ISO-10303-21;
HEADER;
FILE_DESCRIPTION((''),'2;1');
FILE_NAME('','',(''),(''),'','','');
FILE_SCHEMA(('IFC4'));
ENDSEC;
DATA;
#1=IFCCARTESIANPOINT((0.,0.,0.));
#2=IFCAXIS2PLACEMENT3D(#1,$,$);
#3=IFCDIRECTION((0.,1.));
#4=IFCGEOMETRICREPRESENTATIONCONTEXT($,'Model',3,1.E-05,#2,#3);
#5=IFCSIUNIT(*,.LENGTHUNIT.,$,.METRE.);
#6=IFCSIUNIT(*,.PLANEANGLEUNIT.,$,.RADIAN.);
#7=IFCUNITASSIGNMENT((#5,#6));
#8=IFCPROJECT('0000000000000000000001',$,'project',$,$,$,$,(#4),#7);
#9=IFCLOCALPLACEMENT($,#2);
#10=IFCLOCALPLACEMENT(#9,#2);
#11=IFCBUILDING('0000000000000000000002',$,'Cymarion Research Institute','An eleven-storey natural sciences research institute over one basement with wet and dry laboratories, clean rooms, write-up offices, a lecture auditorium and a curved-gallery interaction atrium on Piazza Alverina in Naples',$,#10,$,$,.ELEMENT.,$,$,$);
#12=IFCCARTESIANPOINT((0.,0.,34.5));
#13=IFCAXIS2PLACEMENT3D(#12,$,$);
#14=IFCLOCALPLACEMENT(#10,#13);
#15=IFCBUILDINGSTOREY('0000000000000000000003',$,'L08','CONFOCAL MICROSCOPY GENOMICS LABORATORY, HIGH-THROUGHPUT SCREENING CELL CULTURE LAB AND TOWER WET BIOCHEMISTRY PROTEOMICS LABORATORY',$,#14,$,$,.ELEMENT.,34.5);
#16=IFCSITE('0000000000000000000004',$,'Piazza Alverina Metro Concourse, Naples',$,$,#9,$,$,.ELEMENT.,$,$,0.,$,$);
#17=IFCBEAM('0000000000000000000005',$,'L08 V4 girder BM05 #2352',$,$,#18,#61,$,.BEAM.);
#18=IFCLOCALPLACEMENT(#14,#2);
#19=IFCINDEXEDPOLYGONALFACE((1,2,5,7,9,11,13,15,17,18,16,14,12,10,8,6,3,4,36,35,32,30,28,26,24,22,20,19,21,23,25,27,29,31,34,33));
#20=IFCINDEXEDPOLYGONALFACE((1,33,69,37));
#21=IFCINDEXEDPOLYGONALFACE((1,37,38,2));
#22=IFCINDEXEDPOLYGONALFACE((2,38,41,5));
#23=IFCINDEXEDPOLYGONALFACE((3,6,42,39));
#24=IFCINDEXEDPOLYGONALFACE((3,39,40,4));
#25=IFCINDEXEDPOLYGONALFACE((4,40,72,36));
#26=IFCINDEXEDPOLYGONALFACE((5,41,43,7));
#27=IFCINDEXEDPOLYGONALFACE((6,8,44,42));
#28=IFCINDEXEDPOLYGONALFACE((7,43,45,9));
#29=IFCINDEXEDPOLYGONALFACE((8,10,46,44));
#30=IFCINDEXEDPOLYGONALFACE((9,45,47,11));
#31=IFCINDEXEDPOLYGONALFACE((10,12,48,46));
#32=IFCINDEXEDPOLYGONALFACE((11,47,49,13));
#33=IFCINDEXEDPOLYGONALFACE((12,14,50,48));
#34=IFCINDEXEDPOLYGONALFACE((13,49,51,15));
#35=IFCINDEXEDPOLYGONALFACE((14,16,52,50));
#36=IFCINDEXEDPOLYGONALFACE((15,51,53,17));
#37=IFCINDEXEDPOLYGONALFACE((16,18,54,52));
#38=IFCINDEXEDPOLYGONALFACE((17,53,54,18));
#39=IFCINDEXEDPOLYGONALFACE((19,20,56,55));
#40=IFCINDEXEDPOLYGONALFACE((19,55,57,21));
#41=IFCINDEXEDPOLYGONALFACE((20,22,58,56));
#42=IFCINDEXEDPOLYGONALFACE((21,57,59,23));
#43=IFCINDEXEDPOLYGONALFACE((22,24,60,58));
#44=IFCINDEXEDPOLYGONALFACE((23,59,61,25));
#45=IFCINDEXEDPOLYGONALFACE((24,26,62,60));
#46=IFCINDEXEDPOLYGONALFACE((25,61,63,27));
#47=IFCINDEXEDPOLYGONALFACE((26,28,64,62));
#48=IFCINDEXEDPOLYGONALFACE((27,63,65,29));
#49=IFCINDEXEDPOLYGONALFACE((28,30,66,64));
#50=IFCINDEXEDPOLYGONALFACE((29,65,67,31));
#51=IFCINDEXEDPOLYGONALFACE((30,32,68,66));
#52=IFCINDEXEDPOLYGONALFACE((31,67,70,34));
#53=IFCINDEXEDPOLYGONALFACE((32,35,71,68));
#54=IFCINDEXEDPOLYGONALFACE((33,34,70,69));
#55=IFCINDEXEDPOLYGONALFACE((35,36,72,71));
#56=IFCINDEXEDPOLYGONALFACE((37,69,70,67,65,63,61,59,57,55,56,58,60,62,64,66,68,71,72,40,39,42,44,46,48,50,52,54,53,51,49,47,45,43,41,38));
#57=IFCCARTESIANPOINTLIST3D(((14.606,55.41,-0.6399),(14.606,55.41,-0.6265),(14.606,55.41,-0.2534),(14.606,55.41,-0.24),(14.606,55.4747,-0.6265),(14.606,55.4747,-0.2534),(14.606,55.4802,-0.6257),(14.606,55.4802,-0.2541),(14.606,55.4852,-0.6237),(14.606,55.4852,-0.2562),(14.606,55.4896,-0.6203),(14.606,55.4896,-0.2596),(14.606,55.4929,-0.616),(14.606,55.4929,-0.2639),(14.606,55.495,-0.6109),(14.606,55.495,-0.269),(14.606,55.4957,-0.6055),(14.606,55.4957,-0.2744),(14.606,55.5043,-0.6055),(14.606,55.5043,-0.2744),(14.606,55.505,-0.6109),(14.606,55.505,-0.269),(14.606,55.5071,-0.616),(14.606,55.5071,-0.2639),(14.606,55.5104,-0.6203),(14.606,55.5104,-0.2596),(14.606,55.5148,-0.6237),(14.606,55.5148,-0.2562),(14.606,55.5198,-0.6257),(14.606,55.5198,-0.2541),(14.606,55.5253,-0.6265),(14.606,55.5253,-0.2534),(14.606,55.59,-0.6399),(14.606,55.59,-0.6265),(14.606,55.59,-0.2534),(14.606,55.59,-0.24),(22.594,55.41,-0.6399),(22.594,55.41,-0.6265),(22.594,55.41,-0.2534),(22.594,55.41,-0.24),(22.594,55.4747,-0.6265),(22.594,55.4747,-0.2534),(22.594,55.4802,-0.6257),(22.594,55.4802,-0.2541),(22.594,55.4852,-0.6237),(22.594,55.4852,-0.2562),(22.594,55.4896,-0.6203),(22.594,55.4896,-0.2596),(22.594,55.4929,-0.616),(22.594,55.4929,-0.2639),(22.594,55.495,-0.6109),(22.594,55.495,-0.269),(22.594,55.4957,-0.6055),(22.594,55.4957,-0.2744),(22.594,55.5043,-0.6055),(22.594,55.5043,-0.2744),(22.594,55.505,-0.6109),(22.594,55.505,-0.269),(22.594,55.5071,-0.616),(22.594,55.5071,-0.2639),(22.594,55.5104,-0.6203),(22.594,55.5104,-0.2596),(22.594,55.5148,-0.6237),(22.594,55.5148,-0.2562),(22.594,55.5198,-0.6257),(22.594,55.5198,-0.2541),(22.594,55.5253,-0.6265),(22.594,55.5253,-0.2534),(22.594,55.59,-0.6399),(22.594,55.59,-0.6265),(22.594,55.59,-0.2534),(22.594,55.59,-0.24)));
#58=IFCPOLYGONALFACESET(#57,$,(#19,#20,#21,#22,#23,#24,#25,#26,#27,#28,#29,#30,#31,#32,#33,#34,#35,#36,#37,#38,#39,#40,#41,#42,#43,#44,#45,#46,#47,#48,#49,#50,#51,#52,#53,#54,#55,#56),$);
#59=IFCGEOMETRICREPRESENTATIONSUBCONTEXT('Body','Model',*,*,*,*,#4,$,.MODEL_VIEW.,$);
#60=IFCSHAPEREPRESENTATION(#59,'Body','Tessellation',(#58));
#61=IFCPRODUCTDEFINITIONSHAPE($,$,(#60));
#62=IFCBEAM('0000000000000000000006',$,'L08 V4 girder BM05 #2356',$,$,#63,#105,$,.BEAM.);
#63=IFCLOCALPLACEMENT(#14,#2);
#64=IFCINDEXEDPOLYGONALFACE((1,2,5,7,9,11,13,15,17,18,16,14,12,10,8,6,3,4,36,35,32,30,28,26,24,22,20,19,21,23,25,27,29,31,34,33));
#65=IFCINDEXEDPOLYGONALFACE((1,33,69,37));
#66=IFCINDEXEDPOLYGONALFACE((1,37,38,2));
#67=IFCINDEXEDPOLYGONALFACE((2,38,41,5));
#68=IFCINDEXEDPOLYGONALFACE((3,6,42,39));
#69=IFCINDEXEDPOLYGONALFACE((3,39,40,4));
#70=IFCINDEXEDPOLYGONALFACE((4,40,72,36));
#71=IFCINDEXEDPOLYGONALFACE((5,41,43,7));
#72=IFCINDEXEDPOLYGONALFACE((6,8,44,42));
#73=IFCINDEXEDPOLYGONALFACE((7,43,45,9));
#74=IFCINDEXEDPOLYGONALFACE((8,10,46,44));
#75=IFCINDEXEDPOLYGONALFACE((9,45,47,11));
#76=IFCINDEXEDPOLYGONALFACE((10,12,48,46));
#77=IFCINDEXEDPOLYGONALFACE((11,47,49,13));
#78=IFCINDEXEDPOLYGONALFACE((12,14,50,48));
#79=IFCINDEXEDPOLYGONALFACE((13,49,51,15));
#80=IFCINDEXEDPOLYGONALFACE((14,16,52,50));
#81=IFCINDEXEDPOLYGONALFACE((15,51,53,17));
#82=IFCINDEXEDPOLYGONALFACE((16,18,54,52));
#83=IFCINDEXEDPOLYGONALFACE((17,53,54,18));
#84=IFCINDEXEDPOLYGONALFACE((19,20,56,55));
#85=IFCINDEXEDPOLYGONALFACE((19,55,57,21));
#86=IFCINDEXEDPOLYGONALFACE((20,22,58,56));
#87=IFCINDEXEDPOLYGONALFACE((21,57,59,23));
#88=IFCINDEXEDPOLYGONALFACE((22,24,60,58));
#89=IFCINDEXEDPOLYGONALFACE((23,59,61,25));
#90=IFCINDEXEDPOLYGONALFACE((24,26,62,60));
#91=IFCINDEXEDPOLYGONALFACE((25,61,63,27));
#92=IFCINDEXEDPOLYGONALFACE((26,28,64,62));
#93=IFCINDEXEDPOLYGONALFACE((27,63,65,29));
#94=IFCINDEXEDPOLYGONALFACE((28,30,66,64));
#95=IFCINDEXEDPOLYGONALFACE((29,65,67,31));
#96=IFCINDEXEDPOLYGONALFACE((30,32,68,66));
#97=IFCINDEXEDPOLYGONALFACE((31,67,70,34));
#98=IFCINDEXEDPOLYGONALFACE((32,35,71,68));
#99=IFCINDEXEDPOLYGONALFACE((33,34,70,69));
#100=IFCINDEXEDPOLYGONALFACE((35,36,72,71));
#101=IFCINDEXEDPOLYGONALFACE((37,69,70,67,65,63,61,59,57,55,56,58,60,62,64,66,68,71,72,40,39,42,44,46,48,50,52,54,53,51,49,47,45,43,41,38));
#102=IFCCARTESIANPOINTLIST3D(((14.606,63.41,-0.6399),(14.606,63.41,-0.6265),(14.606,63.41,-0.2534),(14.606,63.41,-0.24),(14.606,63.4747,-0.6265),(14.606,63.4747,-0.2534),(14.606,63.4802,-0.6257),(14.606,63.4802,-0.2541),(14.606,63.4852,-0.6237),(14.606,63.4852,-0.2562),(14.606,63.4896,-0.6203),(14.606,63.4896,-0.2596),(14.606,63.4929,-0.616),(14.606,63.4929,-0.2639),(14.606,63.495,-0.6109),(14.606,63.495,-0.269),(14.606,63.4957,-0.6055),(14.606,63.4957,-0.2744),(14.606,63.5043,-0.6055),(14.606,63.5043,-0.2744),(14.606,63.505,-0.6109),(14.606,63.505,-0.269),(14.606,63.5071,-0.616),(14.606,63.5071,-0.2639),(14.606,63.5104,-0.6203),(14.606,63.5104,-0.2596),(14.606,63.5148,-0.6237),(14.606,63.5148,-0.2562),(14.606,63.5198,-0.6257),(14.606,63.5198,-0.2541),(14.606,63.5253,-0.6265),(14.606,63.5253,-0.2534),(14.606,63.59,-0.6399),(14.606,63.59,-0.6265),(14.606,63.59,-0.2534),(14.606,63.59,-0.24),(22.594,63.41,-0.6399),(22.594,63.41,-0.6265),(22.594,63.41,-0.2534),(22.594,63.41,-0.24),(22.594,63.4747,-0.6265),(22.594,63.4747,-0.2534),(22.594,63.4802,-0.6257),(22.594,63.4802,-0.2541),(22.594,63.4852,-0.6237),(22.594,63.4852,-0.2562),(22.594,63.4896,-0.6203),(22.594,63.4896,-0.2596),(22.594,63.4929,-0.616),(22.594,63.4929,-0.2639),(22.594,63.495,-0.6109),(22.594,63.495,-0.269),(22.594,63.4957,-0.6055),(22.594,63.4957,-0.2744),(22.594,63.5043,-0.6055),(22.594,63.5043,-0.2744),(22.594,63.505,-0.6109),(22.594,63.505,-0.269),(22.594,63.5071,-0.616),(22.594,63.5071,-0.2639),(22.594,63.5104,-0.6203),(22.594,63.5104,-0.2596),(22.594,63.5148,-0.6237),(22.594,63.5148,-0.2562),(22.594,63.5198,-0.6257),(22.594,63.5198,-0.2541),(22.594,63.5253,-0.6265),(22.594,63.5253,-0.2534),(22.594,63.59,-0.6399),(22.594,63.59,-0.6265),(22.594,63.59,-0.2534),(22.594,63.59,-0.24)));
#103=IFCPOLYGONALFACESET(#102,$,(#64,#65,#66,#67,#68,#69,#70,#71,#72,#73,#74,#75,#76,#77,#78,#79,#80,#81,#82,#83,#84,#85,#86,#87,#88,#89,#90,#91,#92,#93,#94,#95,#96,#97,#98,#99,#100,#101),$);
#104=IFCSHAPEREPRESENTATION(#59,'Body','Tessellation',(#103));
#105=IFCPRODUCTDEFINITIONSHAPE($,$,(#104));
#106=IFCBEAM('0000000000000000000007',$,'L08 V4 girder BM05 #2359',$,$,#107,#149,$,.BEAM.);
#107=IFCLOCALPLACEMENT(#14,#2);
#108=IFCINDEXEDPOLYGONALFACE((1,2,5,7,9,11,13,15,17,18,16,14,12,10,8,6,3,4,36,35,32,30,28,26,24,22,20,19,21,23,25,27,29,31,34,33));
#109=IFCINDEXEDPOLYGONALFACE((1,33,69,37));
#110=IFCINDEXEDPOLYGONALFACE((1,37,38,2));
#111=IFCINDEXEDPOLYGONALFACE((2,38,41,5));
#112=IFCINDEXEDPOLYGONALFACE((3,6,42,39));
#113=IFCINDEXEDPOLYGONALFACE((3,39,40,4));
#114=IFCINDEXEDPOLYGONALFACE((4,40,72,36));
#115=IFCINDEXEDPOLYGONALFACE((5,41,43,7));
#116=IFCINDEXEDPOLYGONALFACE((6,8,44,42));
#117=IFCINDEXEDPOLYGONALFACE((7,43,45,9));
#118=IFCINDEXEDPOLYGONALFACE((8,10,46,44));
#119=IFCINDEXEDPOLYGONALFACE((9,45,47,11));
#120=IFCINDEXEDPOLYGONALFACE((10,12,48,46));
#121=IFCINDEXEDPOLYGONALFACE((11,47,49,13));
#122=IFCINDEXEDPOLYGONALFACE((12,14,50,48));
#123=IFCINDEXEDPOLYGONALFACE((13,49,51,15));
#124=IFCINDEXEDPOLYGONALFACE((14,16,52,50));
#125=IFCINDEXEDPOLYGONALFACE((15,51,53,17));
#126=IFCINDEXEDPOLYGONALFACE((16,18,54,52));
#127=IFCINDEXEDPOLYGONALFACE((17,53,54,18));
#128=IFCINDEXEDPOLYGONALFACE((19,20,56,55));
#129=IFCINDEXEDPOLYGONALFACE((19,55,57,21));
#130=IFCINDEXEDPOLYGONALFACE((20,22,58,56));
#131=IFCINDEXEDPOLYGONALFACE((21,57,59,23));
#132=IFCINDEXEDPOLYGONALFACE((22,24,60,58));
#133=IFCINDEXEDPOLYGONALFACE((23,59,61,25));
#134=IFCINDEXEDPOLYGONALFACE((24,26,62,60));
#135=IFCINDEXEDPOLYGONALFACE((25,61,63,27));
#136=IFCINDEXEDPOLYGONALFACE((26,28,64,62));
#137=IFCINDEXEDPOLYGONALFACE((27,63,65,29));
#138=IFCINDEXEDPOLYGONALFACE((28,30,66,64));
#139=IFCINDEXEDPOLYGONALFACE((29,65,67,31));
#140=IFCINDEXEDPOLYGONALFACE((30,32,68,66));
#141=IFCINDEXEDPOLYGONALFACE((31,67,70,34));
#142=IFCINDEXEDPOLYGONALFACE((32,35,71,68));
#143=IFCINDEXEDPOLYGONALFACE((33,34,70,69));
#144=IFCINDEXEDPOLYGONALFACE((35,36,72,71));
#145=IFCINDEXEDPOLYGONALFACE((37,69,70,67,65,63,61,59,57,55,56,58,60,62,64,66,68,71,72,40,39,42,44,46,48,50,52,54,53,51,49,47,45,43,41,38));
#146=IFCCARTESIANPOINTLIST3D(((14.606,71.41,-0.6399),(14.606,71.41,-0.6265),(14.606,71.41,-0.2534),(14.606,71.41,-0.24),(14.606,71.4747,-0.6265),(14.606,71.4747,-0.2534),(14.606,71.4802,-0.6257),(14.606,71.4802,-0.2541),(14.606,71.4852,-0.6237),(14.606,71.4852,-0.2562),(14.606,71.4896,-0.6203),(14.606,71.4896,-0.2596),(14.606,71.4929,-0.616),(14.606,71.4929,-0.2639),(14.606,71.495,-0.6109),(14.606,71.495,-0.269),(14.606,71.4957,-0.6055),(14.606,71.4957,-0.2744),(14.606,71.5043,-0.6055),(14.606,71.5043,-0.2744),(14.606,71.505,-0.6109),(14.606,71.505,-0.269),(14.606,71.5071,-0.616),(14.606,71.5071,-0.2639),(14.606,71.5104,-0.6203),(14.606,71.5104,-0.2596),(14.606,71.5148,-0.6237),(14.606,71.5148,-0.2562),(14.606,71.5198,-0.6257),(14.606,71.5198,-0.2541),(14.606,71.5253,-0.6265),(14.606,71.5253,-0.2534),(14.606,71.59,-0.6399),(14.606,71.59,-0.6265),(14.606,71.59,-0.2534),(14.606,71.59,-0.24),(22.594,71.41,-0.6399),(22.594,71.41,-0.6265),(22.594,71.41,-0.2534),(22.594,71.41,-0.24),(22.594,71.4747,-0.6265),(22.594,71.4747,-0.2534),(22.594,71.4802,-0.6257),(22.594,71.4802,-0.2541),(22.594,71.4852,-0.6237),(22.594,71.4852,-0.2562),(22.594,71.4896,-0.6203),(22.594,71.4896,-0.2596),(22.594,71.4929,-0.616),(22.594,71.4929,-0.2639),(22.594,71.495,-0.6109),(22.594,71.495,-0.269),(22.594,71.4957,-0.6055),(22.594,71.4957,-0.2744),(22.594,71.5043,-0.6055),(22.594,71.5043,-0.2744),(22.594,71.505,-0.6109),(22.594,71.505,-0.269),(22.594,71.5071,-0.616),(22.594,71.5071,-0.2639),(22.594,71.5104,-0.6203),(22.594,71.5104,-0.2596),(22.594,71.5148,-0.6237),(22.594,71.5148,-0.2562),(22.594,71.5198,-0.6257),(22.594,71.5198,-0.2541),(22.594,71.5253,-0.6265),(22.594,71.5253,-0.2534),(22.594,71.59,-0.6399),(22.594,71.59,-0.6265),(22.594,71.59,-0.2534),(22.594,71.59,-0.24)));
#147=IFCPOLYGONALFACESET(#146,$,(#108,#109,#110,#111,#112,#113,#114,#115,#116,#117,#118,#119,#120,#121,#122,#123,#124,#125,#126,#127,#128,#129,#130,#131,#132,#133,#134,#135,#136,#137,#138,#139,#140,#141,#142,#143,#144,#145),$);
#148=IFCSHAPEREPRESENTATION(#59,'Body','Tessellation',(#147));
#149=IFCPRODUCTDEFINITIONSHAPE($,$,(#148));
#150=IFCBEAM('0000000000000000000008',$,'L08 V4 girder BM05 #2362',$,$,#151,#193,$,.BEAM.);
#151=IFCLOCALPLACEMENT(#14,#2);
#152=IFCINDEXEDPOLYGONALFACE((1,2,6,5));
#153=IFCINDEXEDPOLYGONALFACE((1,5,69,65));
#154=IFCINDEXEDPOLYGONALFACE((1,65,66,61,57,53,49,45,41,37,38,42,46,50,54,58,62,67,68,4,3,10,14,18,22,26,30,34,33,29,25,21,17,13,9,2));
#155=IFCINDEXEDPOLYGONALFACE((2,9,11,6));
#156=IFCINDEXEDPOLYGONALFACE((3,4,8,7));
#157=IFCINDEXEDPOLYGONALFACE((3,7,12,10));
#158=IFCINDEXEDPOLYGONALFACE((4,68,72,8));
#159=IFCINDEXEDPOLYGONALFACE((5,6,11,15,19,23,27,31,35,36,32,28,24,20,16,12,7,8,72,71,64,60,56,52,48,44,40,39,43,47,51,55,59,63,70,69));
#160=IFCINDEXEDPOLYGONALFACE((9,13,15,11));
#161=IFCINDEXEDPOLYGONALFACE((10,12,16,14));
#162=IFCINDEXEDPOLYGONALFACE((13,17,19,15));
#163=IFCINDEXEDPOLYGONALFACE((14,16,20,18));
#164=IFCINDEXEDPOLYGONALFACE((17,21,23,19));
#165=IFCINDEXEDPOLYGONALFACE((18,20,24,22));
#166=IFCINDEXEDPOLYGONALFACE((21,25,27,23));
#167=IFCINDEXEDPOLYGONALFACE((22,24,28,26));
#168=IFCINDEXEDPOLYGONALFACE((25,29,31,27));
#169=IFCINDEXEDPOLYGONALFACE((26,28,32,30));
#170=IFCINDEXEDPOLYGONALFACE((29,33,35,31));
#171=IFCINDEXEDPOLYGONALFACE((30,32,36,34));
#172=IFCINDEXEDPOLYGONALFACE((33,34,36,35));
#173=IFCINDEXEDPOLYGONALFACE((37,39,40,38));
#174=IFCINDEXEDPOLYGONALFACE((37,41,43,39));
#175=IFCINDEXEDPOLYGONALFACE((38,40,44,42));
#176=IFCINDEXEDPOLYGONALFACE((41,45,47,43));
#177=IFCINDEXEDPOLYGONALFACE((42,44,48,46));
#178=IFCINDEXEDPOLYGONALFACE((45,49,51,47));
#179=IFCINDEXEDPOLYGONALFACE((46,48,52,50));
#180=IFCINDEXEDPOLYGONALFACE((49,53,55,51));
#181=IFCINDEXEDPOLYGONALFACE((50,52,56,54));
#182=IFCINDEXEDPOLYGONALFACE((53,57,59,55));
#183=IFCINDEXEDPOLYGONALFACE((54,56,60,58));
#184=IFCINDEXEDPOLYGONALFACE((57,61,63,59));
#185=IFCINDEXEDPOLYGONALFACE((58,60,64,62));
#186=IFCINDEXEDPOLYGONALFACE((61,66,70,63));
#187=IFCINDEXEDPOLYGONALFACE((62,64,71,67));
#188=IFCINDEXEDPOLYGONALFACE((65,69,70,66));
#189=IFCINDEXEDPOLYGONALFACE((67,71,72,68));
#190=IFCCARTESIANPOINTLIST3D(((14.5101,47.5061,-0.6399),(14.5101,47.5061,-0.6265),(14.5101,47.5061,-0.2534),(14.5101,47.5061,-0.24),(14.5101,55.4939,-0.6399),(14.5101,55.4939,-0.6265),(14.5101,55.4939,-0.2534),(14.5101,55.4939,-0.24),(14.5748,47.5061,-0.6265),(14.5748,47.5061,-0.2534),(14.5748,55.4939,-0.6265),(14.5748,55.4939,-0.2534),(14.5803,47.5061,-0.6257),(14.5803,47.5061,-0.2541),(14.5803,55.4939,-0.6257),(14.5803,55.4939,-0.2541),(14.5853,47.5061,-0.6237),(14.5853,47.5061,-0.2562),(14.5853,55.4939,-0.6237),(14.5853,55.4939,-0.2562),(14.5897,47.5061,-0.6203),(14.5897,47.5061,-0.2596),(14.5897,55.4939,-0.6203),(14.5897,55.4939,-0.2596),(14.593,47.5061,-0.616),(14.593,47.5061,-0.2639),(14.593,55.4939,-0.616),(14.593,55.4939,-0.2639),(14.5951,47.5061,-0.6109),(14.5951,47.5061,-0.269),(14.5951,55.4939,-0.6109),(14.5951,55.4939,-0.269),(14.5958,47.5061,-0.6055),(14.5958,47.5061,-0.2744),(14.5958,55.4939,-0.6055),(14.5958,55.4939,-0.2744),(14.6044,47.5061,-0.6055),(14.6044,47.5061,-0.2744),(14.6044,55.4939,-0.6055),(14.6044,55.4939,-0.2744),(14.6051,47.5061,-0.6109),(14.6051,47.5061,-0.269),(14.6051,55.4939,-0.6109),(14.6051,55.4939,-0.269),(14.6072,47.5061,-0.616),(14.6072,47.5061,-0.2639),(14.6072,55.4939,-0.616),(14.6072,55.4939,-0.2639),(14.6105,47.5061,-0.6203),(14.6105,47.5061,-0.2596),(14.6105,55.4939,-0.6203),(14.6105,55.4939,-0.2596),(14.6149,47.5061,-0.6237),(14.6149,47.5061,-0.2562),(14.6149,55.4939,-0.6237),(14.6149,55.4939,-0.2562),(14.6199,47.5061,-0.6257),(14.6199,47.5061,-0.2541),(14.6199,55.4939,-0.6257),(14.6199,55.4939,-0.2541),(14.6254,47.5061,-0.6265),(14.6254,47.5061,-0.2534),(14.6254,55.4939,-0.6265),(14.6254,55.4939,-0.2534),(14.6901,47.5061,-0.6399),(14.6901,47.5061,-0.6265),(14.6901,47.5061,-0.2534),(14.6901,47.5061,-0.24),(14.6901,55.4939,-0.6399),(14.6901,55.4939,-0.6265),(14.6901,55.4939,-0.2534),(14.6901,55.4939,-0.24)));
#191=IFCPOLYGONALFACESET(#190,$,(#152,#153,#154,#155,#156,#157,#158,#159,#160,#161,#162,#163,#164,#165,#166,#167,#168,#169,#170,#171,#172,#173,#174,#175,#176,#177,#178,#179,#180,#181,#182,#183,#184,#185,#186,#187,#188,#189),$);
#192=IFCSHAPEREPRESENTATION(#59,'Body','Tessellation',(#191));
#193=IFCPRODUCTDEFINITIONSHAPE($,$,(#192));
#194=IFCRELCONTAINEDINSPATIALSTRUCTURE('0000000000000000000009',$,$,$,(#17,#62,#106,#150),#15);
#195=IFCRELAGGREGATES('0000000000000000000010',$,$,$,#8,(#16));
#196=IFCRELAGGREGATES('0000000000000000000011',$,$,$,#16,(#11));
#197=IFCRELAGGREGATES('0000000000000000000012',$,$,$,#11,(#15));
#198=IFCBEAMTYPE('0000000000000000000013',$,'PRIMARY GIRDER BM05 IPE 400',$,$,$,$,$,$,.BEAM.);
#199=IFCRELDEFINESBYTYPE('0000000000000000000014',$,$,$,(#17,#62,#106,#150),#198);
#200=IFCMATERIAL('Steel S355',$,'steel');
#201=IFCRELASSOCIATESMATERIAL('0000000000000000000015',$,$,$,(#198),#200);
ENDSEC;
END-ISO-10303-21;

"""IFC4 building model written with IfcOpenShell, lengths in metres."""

from ifc_helpers import new_model, si_unit, direction, frame, origin, origin_2d, place, context, subcontext, project, spatial, i_section, extrude, material, material_profile, profile_set, type_object, element, save


model = new_model("IFC4")

# Units and contexts
model_context = context("Model", 3, precision=1e-05, world=origin(), true_north=direction((0.0, 1.0)))
body_context = subcontext(model_context, "Body", "Model", "MODEL_VIEW")
ifc_project = project(units=[si_unit("LENGTHUNIT", "METRE"), si_unit("PLANEANGLEUNIT", "RADIAN")], contexts=[model_context])

# Site, building, storey
site_placement = place(None, origin())
site = spatial("IfcSite", under=ifc_project, at=site_placement, Name="Piazza Alverina Metro Concourse, Naples", CompositionType="ELEMENT", RefElevation=0.0)
building_placement = place(site_placement, origin())
building = spatial("IfcBuilding", under=site, at=building_placement, Name="Cymarion Research Institute", Description="An eleven-storey natural sciences research institute over one basement with wet and dry laboratories, clean rooms, write-up offices, a lecture auditorium and a curved-gallery interaction atrium on Piazza Alverina in Naples", CompositionType="ELEMENT")
storey_placement = place(building_placement, frame((0.0, 0.0, 34.5)))
storey = spatial("IfcBuildingStorey", under=building, at=storey_placement, Name="L08", Description="CONFOCAL MICROSCOPY GENOMICS LABORATORY, HIGH-THROUGHPUT SCREENING CELL CULTURE LAB AND TOWER WET BIOCHEMISTRY PROTEOMICS LABORATORY", CompositionType="ELEMENT", Elevation=34.5)

# Beams
ifc_material_1 = material(Name="Steel S355", Category="steel")
ifc_material_profile_1 = material_profile(ifc_material_1, i_section(OverallWidth=0.1799, OverallDepth=0.3999, WebThickness=0.0085, FlangeThickness=0.0134, FilletRadius=0.021, at=origin_2d()), Name="IPE 400")
ifc_profile_set_1 = profile_set([ifc_material_profile_1], Name="Steel S355")
beam_type_1 = type_object("IfcBeamType", Name="PRIMARY GIRDER BM05 IPE 400", PredefinedType="BEAM", material=ifc_profile_set_1)
for number, where, z_axis, x_axis, name in (
    (1, (14.606, 55.5, -0.4399), (1.0, 0.0, 0.0), (0.0, 1.0, 0.0), "L08 V4 girder BM05 #2352"),
    (2, (14.606, 63.5, -0.4399), (1.0, 0.0, 0.0), (0.0, 1.0, 0.0), "L08 V4 girder BM05 #2356"),
    (3, (14.606, 71.5, -0.4399), (1.0, 0.0, 0.0), (0.0, 1.0, 0.0), "L08 V4 girder BM05 #2359"),
):
    element("IfcBeam", number, at=place(storey_placement, frame(where, z_axis=z_axis, x_axis=x_axis)), inside=storey, type_object=beam_type_1, Name=name, PredefinedType="BEAM", context=body_context, shape_type="SweptSolid", body=[
        extrude(i_section(OverallWidth=0.1799, OverallDepth=0.3999, WebThickness=0.0085, FlangeThickness=0.0134, FilletRadius=0.021, at=origin_2d()), origin(), (0.0, 0.0, 1.0), 7.988),
    ])
for number, where, z_axis, x_axis, name in (
    (4, (14.6001, 47.5061, -0.4399), (0.0, 1.0, 0.0), (-1.0, 0.0, 0.0), "L08 V4 girder BM05 #2362"),
):
    element("IfcBeam", number, at=place(storey_placement, frame(where, z_axis=z_axis, x_axis=x_axis)), inside=storey, type_object=beam_type_1, Name=name, PredefinedType="BEAM", context=body_context, shape_type="SweptSolid", body=[
        extrude(i_section(OverallWidth=0.1799, OverallDepth=0.3999, WebThickness=0.0085, FlangeThickness=0.0134, FilletRadius=0.021, at=origin_2d()), origin(), (0.0, 0.0, 1.0), 7.9878),
    ])

save(model, "model.ifc")
